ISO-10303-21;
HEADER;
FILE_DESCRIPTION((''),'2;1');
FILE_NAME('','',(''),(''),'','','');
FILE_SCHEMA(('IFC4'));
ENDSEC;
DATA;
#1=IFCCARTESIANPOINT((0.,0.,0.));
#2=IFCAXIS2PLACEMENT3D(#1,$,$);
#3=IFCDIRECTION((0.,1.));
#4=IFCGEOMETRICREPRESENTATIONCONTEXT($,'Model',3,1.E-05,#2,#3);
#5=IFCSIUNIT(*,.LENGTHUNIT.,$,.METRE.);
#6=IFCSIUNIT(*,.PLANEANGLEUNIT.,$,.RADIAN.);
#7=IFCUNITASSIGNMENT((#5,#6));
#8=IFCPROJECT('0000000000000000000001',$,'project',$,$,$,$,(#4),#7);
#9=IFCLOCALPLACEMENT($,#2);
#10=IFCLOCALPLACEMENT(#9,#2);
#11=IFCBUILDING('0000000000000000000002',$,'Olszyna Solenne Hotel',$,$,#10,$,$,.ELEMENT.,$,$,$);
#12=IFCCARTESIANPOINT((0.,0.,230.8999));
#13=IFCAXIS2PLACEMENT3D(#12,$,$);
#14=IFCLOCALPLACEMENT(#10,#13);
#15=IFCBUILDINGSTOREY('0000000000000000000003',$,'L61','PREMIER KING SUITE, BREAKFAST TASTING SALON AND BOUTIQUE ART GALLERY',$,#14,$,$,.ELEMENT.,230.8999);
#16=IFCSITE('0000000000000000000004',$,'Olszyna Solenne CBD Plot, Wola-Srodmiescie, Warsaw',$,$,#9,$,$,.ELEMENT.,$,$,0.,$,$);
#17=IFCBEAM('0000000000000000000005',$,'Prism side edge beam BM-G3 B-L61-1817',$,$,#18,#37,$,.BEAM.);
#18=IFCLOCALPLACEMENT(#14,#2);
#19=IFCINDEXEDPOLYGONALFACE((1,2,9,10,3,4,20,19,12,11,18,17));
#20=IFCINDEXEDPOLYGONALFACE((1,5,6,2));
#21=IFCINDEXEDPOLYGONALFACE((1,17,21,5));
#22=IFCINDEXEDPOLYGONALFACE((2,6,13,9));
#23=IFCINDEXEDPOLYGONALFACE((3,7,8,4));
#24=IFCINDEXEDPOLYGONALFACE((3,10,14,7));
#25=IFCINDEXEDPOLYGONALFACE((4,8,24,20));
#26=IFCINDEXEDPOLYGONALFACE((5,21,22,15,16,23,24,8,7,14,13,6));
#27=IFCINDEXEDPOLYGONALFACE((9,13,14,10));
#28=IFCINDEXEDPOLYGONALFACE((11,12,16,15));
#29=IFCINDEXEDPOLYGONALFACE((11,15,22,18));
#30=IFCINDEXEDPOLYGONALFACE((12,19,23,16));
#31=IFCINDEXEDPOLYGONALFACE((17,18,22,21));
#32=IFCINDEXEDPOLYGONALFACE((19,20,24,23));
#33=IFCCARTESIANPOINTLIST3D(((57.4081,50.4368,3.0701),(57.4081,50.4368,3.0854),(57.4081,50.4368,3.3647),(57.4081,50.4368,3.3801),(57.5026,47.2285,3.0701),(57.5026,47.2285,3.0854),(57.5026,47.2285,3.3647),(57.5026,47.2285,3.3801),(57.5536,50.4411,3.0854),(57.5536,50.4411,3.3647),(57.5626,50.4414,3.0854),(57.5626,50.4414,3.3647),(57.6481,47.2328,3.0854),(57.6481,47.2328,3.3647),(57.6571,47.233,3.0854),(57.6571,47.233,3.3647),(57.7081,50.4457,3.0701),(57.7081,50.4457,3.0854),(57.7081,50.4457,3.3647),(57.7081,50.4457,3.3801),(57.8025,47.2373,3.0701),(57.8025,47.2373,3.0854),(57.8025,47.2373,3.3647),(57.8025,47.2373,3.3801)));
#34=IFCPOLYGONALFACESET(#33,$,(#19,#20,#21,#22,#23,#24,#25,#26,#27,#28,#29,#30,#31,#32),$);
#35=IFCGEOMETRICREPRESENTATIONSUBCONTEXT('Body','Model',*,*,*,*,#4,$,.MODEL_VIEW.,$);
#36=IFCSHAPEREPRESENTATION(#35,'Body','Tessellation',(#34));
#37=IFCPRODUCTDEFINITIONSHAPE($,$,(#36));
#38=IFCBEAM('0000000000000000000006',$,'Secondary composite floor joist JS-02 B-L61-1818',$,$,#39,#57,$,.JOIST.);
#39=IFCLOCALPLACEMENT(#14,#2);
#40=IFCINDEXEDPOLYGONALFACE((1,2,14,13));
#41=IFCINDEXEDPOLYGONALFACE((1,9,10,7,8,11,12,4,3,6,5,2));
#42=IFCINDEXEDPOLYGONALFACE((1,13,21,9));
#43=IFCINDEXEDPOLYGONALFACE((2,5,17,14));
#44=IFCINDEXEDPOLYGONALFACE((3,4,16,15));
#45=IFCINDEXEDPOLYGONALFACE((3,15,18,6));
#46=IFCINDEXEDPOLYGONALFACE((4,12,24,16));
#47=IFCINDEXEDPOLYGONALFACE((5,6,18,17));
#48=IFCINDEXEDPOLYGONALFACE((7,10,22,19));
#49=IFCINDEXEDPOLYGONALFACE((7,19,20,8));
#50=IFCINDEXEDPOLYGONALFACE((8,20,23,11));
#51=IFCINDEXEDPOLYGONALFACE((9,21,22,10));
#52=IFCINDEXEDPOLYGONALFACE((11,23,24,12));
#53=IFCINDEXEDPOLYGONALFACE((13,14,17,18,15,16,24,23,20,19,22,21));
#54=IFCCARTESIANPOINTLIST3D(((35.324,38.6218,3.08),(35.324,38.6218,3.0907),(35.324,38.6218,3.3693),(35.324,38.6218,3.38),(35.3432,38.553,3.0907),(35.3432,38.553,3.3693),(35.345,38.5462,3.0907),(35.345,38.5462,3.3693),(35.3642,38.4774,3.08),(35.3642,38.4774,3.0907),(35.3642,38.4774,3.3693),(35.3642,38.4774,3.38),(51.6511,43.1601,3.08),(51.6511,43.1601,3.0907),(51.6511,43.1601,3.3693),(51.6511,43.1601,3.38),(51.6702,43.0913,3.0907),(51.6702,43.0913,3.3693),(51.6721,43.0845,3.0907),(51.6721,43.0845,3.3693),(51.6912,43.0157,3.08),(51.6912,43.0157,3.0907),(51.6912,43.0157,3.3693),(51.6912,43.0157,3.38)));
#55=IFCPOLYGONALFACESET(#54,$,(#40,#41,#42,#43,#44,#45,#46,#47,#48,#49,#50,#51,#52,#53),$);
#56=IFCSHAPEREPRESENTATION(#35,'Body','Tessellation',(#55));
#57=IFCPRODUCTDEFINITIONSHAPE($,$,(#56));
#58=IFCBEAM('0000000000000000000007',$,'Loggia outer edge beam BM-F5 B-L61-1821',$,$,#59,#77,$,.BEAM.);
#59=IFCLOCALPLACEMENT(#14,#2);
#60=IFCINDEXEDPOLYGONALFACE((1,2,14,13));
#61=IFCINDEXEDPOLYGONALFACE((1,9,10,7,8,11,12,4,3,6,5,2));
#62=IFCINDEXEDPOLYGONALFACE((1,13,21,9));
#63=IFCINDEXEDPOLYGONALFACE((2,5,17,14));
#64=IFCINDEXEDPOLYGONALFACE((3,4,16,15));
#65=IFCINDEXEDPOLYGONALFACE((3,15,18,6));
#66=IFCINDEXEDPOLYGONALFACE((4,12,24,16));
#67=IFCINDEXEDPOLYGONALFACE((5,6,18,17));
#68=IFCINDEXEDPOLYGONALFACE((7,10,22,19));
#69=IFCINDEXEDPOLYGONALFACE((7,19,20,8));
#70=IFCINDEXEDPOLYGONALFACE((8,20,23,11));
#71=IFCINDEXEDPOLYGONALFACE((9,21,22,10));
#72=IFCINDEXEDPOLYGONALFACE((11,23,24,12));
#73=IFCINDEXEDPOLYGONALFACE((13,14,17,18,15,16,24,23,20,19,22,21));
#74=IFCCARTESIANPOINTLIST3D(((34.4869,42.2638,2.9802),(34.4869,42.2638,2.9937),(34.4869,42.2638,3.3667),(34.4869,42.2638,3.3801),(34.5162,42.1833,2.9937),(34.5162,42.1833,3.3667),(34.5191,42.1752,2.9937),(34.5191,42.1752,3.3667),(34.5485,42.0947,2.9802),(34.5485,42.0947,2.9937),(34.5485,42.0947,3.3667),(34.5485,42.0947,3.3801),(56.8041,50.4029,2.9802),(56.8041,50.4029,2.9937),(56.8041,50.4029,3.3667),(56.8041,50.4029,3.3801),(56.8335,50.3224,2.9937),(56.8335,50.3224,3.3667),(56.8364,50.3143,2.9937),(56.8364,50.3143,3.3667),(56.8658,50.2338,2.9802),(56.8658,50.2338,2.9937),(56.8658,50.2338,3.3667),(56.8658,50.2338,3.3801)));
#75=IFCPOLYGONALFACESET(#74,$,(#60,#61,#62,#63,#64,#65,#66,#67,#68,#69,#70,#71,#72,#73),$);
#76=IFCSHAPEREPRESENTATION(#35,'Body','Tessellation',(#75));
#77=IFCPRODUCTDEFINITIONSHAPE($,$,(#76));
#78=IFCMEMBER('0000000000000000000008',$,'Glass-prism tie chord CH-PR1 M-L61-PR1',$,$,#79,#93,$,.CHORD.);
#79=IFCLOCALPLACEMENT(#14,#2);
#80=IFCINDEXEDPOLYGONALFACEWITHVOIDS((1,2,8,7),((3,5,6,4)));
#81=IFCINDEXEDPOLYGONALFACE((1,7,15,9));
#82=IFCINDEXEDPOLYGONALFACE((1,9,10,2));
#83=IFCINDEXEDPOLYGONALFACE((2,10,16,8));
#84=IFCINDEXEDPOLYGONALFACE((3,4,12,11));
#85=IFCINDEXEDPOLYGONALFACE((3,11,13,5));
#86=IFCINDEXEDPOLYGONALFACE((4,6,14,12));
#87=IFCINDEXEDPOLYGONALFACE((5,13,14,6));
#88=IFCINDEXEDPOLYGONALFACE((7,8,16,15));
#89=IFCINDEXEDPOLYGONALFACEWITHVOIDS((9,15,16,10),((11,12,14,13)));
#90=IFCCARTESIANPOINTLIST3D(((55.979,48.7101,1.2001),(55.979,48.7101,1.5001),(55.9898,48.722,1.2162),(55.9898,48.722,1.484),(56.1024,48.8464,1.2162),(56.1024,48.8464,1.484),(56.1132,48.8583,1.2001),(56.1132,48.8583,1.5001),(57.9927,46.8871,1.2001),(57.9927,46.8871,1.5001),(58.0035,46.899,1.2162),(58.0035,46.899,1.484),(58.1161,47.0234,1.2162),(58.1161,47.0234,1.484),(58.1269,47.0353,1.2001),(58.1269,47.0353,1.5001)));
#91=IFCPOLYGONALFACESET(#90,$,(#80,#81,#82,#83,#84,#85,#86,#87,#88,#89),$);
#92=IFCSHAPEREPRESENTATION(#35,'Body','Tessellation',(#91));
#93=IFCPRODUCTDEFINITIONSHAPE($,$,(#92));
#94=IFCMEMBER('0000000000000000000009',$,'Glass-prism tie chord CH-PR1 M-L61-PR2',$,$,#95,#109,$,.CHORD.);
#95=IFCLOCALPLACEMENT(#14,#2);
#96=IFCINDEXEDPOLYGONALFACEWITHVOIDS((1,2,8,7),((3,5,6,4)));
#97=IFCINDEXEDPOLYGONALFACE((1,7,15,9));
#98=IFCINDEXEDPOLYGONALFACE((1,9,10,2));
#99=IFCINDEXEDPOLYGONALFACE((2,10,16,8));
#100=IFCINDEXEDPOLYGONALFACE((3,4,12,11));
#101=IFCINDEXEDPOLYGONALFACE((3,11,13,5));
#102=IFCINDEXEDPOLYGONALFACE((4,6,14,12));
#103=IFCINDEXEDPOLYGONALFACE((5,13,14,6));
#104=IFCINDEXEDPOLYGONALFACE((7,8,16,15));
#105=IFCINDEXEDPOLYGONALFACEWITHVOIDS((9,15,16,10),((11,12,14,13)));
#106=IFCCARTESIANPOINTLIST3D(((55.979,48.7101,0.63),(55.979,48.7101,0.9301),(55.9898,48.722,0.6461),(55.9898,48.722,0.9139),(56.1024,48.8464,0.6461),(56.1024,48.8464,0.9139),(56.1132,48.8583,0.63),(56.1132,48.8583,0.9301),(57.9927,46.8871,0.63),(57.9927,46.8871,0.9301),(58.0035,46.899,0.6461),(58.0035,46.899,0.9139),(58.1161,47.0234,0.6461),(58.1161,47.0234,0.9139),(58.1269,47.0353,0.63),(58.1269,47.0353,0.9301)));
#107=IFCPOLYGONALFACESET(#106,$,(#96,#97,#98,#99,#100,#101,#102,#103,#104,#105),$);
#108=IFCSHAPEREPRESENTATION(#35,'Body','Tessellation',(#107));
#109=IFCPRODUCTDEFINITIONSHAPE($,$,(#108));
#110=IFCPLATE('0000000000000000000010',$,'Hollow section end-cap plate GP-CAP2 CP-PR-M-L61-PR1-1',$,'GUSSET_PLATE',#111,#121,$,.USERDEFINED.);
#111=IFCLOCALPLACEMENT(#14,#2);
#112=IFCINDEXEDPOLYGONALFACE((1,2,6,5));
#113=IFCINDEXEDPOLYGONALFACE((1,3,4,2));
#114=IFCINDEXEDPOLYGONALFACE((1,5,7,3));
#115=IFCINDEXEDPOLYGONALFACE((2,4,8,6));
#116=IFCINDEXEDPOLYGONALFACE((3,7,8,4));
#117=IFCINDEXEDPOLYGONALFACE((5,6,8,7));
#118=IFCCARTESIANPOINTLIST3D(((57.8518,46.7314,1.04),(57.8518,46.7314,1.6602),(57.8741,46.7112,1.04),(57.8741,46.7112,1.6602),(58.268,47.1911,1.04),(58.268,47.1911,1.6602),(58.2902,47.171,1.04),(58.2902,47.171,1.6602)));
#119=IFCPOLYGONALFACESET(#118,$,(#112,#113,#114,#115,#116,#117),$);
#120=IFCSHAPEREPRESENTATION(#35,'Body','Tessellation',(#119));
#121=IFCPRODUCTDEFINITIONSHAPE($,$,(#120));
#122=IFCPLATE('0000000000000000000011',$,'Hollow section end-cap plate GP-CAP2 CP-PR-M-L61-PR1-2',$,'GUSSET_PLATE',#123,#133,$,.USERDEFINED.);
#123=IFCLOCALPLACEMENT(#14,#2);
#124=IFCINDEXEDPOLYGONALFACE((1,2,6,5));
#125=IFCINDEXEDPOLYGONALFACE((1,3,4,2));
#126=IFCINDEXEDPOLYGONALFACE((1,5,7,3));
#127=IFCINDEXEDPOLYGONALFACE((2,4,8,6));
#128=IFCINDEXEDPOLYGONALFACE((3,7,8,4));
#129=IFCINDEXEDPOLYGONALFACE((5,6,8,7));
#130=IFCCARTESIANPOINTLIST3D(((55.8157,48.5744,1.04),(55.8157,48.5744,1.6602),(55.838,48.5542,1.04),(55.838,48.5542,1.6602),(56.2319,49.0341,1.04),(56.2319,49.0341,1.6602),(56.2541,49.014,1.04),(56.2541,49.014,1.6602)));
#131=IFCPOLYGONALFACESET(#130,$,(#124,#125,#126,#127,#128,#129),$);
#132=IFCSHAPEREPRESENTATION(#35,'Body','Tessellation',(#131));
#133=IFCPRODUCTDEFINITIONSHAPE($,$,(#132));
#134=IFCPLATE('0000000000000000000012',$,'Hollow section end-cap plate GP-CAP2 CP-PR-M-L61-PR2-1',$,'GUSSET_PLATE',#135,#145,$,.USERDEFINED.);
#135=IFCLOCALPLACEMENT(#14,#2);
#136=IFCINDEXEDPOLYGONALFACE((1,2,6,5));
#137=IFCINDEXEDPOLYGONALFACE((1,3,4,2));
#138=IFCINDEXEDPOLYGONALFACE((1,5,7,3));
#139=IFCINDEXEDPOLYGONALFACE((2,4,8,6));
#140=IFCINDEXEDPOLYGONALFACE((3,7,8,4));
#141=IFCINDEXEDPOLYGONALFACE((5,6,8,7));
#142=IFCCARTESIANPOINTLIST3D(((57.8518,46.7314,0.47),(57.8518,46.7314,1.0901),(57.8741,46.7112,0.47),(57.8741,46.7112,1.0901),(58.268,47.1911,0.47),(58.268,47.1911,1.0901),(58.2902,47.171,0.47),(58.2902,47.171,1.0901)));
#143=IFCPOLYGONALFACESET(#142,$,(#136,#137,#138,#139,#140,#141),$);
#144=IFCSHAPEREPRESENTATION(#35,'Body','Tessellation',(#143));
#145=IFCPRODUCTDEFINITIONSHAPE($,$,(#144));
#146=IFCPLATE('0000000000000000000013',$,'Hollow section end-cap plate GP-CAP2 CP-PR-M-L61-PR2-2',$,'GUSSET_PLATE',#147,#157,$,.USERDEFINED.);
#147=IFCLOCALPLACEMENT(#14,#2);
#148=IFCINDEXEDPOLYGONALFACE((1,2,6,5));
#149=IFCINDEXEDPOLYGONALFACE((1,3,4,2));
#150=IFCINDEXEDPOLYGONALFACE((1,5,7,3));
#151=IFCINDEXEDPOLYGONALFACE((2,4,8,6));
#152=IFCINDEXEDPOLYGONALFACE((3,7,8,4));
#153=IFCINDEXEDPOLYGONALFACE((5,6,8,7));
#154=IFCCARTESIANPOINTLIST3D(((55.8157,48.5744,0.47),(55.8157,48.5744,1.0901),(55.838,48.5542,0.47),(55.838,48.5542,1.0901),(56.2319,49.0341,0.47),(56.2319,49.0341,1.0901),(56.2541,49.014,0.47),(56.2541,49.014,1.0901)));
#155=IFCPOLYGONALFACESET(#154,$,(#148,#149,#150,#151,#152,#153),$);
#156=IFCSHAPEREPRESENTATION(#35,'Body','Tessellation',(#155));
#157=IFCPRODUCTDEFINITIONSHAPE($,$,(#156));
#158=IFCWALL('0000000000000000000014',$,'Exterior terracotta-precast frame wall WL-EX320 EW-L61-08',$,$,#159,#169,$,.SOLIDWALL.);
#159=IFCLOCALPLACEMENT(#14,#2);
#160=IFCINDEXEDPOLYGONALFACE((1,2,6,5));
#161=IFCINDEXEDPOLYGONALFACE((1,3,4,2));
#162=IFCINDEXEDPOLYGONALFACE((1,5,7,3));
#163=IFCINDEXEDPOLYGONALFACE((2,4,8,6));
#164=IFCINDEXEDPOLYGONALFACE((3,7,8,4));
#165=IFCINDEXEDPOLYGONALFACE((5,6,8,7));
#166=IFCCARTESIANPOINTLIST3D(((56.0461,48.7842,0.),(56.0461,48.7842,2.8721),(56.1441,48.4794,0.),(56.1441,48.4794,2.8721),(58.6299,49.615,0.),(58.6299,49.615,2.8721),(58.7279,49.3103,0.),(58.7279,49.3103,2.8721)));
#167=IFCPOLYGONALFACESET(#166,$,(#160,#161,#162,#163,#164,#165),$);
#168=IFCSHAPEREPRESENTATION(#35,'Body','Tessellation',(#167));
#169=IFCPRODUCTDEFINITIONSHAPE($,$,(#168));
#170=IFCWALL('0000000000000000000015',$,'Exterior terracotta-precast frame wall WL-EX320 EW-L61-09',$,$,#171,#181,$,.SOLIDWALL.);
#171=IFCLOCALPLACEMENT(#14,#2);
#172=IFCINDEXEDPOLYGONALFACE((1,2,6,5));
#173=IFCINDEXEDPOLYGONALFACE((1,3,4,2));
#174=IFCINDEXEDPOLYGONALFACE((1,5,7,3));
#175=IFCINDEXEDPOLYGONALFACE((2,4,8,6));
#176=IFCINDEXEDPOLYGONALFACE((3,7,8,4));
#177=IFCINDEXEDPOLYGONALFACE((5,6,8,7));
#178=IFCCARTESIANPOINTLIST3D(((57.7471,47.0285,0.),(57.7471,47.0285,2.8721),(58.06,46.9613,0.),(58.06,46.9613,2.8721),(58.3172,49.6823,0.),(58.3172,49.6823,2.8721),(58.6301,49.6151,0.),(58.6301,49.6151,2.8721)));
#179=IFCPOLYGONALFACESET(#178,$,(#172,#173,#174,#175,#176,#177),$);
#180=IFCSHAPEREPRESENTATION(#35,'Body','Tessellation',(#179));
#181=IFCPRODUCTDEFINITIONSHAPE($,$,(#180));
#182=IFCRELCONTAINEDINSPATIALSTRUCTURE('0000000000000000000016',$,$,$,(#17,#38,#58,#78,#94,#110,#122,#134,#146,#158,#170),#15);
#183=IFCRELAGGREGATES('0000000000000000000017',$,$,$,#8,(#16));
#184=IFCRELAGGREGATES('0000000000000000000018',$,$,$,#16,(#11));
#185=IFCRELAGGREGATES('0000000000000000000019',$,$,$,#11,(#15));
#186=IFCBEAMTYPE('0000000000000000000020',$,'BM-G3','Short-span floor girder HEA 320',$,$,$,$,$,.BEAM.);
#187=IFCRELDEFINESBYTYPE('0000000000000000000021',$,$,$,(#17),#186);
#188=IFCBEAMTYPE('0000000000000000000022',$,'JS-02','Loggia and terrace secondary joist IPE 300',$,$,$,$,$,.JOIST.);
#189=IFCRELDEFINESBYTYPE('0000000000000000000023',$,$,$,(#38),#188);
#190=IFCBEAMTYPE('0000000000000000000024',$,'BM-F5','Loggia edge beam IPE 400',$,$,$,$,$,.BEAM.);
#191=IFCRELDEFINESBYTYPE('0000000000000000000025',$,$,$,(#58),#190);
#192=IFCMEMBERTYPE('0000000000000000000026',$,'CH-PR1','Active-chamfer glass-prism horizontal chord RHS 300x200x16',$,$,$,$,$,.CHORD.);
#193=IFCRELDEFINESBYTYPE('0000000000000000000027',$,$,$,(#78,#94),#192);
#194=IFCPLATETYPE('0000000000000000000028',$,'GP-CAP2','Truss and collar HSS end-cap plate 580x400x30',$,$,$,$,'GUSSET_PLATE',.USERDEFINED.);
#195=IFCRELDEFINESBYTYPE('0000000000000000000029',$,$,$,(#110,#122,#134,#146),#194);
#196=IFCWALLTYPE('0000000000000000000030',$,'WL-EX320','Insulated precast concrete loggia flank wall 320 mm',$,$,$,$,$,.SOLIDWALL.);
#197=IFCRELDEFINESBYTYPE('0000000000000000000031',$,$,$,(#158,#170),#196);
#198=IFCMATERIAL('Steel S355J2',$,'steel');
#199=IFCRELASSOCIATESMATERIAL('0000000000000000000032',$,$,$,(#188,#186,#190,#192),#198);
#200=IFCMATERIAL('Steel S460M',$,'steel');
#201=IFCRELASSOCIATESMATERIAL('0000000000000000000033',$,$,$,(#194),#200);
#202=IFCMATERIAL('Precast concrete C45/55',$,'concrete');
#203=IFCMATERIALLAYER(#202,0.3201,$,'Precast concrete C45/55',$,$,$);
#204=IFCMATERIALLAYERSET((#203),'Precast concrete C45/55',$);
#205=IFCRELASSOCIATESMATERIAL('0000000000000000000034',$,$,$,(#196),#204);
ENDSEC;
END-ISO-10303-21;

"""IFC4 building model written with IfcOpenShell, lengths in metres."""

from ifc_helpers import new_model, si_unit, direction, frame, frame_2d, origin, origin_2d, place, context, subcontext, project, spatial, rectangle, hollow_rectangle, i_section, extrude, source, transform, mapped, material, layer, layer_set, material_profile, profile_set, type_object, element, save


model = new_model("IFC4")

# Units and contexts
model_context = context("Model", 3, precision=1e-05, world=origin(), true_north=direction((0.0, 1.0)))
body_context = subcontext(model_context, "Body", "Model", "MODEL_VIEW")
ifc_project = project(units=[si_unit("LENGTHUNIT", "METRE"), si_unit("PLANEANGLEUNIT", "RADIAN")], contexts=[model_context])

# Site, building, storey
site_placement = place(None, origin())
site = spatial("IfcSite", under=ifc_project, at=site_placement, Name="Olszyna Solenne CBD Plot, Wola-Srodmiescie, Warsaw", CompositionType="ELEMENT", RefElevation=0.0)
building_placement = place(site_placement, origin())
building = spatial("IfcBuilding", under=site, at=building_placement, Name="Olszyna Solenne Hotel", CompositionType="ELEMENT")
storey_placement = place(building_placement, frame((0.0, 0.0, 230.8999)))
storey = spatial("IfcBuildingStorey", under=building, at=storey_placement, Name="L61", Description="PREMIER KING SUITE, BREAKFAST TASTING SALON AND BOUTIQUE ART GALLERY", CompositionType="ELEMENT", Elevation=230.8999)

# Shared definitions
ifc_material_1 = material(Name="Steel S460M", Category="steel")

# Beams
ifc_material_2 = material(Name="Steel S355J2", Category="steel")
ifc_material_profile_1 = material_profile(ifc_material_2, i_section(OverallWidth=0.1499, OverallDepth=0.3, WebThickness=0.0071, FlangeThickness=0.0107, at=origin_2d()), Name="IPE 300", Category="load-bearing")
ifc_profile_set_1 = profile_set([ifc_material_profile_1], Name="Steel S355J2")
beam_type_1 = type_object("IfcBeamType", Name="JS-02", Description="Loggia and terrace secondary joist IPE 300", PredefinedType="JOIST", material=ifc_profile_set_1)
ifc_material_profile_2 = material_profile(ifc_material_2, i_section(OverallWidth=0.3, OverallDepth=0.3101, WebThickness=0.009, FlangeThickness=0.0154, at=origin_2d()), Name="HEA 320", Category="load-bearing")
ifc_profile_set_2 = profile_set([ifc_material_profile_2], Name="Steel S355J2")
beam_type_2 = type_object("IfcBeamType", Name="BM-G3", Description="Short-span floor girder HEA 320", PredefinedType="BEAM", material=ifc_profile_set_2)
shared_shape_1 = source(origin(), body_context, "Body", "SweptSolid", [
    extrude(i_section(OverallWidth=0.3, OverallDepth=0.3101, WebThickness=0.009, FlangeThickness=0.0154, at=origin_2d()), origin(), (0.0, 0.0, 1.0), 3.2097),
])
beam_1_placement = place(storey_placement, frame((57.6526, 47.2329, 3.2251), z_axis=(-0.029437, 0.999567, 0.0), x_axis=(-0.999567, -0.029437, 0.0)))
element("IfcBeam", 1, at=beam_1_placement, inside=storey, type_object=beam_type_2, Name="Prism side edge beam BM-G3 B-L61-1817", PredefinedType="BEAM", context=body_context, shape_type="MappedRepresentation", body=[
    mapped(shared_shape_1, transform((0.0, 0.0, 0.0), x_axis=(1.0, 0.0, 0.0), y_axis=(0.0, 1.0, 0.0), z_axis=(0.0, 0.0, 1.0), scale=1.0)),
])
shared_shape_2 = source(origin(), body_context, "Body", "SweptSolid", [
    extrude(i_section(OverallWidth=0.1499, OverallDepth=0.3, WebThickness=0.0071, FlangeThickness=0.0107, at=origin_2d()), origin(), (0.0, 0.0, 1.0), 16.946),
])
beam_2_placement = place(storey_placement, frame((51.6711, 43.0879, 3.23), z_axis=(-0.963472, -0.267809, 0.0), x_axis=(0.267809, -0.963472, 0.0)))
element("IfcBeam", 2, at=beam_2_placement, inside=storey, type_object=beam_type_1, Name="Secondary composite floor joist JS-02 B-L61-1818", PredefinedType="JOIST", context=body_context, shape_type="MappedRepresentation", body=[
    mapped(shared_shape_2, transform((0.0, 0.0, 0.0), x_axis=(1.0, 0.0, 0.0), y_axis=(0.0, 1.0, 0.0), z_axis=(0.0, 0.0, 1.0), scale=1.0)),
])
ifc_material_profile_3 = material_profile(ifc_material_2, i_section(OverallWidth=0.1799, OverallDepth=0.3999, WebThickness=0.0085, FlangeThickness=0.0134, at=origin_2d()), Name="IPE 400", Category="load-bearing")
ifc_profile_set_3 = profile_set([ifc_material_profile_3], Name="Steel S355J2")
beam_type_3 = type_object("IfcBeamType", Name="BM-F5", Description="Loggia edge beam IPE 400", PredefinedType="BEAM", material=ifc_profile_set_3)
shared_shape_3 = source(origin(), body_context, "Body", "SweptSolid", [
    extrude(i_section(OverallWidth=0.1799, OverallDepth=0.3999, WebThickness=0.0085, FlangeThickness=0.0134, at=origin_2d()), origin(), (0.0, 0.0, 1.0), 23.7551),
])
beam_3_placement = place(storey_placement, frame((56.835, 50.3184, 3.1802), z_axis=(-0.939472, -0.342626, 0.0), x_axis=(0.342626, -0.939472, 0.0)))
element("IfcBeam", 3, at=beam_3_placement, inside=storey, type_object=beam_type_3, Name="Loggia outer edge beam BM-F5 B-L61-1821", PredefinedType="BEAM", context=body_context, shape_type="MappedRepresentation", body=[
    mapped(shared_shape_3, transform((0.0, 0.0, 0.0), x_axis=(1.0, 0.0, 0.0), y_axis=(0.0, 1.0, 0.0), z_axis=(0.0, 0.0, 1.0), scale=1.0)),
])

# Members
ifc_material_profile_4 = material_profile(ifc_material_2, hollow_rectangle(XDim=0.2, YDim=0.3, WallThickness=0.0161, at=origin_2d()), Name="RHS 300x200x16", Category="load-bearing")
ifc_profile_set_4 = profile_set([ifc_material_profile_4], Name="Steel S355J2")
member_type = type_object("IfcMemberType", Name="CH-PR1", Description="Active-chamfer glass-prism horizontal chord RHS 300x200x16", PredefinedType="CHORD", material=ifc_profile_set_4)
shared_shape_4 = source(origin(), body_context, "Body", "SweptSolid", [
    extrude(hollow_rectangle(XDim=0.2, YDim=0.3, WallThickness=0.0161, at=origin_2d()), origin(), (0.0, 0.0, 1.0), 2.7163),
])
for number, where, z_axis, x_axis, name in (
    (4, (58.0598, 46.9612, 1.3501), (-0.741333, 0.671137, 0.0), (-0.671137, -0.741333, 0.0), "Glass-prism tie chord CH-PR1 M-L61-PR1"),
    (5, (58.0598, 46.9612, 0.78), (-0.741333, 0.671137, 0.0), (-0.671137, -0.741333, 0.0), "Glass-prism tie chord CH-PR1 M-L61-PR2"),
):
    element("IfcMember", number, at=place(storey_placement, frame(where, z_axis=z_axis, x_axis=x_axis)), inside=storey, type_object=member_type, Name=name, PredefinedType="CHORD", context=body_context, shape_type="MappedRepresentation", body=[
        mapped(shared_shape_4, transform((0.0, 0.0, 0.0), x_axis=(1.0, 0.0, 0.0), y_axis=(0.0, 1.0, 0.0), z_axis=(0.0, 0.0, 1.0), scale=1.0)),
    ])

# Plates
plate_type = type_object("IfcPlateType", Name="GP-CAP2", Description="Truss and collar HSS end-cap plate 580x400x30", ElementType="GUSSET_PLATE", PredefinedType="USERDEFINED", material=ifc_material_1)
shared_shape_5 = source(origin(), body_context, "Body", "SweptSolid", [
    extrude(rectangle(XDim=0.03, YDim=0.6201, at=origin_2d()), origin(), (0.0, 0.0, 1.0), 0.6201),
])
for number, where, z_axis, x_axis, name in (
    (6, (58.071, 46.9512, 1.04), (0.0, 0.0, 1.0), (-0.741391, 0.671074, 0.0), "Hollow section end-cap plate GP-CAP2 CP-PR-M-L61-PR1-1"),
    (7, (56.0349, 48.7942, 1.04), (0.0, 0.0, 1.0), (-0.741391, 0.671074, 0.0), "Hollow section end-cap plate GP-CAP2 CP-PR-M-L61-PR1-2"),
    (8, (58.071, 46.9512, 0.47), (0.0, 0.0, 1.0), (-0.741391, 0.671074, 0.0), "Hollow section end-cap plate GP-CAP2 CP-PR-M-L61-PR2-1"),
    (9, (56.0349, 48.7942, 0.47), (0.0, 0.0, 1.0), (-0.741391, 0.671074, 0.0), "Hollow section end-cap plate GP-CAP2 CP-PR-M-L61-PR2-2"),
):
    element("IfcPlate", number, at=place(storey_placement, frame(where, z_axis=z_axis, x_axis=x_axis)), inside=storey, type_object=plate_type, Name=name, ObjectType="GUSSET_PLATE", PredefinedType="USERDEFINED", context=body_context, shape_type="MappedRepresentation", body=[
        mapped(shared_shape_5, transform((0.0, 0.0, 0.0), x_axis=(1.0, 0.0, 0.0), y_axis=(0.0, 1.0, 0.0), z_axis=(0.0, 0.0, 1.0), scale=1.0)),
    ])

# Walls
ifc_material_3 = material(Name="Precast concrete C45/55", Category="concrete")
ifc_layer_1 = layer(ifc_material_3, 0.3201, Name="Precast concrete C45/55")
ifc_layer_set_1 = layer_set([ifc_layer_1], Name="Precast concrete C45/55")
wall_type_1 = type_object("IfcWallType", Name="WL-EX320", Description="Insulated precast concrete loggia flank wall 320 mm", PredefinedType="SOLIDWALL", material=ifc_layer_set_1)
wall_1_placement = place(storey_placement, frame((56.0952, 48.6318, 0.0), z_axis=(0.0, 0.0, 1.0), x_axis=(0.951994, 0.306117, 0.0)))
element("IfcWall", 10, at=wall_1_placement, inside=storey, type_object=wall_type_1, Name="Exterior terracotta-precast frame wall WL-EX320 EW-L61-08", PredefinedType="SOLIDWALL", context=body_context, shape_type="SweptSolid", body=[
    extrude(rectangle(XDim=2.7141, YDim=0.3201, at=frame_2d((1.3569, 0.0))), origin(), (0.0, 0.0, 1.0), 2.8721),
])
wall_2_placement = place(storey_placement, frame((58.4736, 49.6487, 0.0), z_axis=(0.0, 0.0, 1.0), x_axis=(-0.21002, -0.977697, 0.0)))
element("IfcWall", 11, at=wall_2_placement, inside=storey, type_object=wall_type_1, Name="Exterior terracotta-precast frame wall WL-EX320 EW-L61-09", PredefinedType="SOLIDWALL", context=body_context, shape_type="SweptSolid", body=[
    extrude(rectangle(XDim=2.7144, YDim=0.3201, at=frame_2d((1.3572, 0.0))), origin(), (0.0, 0.0, 1.0), 2.8721),
])

save(model, "model.ifc")
